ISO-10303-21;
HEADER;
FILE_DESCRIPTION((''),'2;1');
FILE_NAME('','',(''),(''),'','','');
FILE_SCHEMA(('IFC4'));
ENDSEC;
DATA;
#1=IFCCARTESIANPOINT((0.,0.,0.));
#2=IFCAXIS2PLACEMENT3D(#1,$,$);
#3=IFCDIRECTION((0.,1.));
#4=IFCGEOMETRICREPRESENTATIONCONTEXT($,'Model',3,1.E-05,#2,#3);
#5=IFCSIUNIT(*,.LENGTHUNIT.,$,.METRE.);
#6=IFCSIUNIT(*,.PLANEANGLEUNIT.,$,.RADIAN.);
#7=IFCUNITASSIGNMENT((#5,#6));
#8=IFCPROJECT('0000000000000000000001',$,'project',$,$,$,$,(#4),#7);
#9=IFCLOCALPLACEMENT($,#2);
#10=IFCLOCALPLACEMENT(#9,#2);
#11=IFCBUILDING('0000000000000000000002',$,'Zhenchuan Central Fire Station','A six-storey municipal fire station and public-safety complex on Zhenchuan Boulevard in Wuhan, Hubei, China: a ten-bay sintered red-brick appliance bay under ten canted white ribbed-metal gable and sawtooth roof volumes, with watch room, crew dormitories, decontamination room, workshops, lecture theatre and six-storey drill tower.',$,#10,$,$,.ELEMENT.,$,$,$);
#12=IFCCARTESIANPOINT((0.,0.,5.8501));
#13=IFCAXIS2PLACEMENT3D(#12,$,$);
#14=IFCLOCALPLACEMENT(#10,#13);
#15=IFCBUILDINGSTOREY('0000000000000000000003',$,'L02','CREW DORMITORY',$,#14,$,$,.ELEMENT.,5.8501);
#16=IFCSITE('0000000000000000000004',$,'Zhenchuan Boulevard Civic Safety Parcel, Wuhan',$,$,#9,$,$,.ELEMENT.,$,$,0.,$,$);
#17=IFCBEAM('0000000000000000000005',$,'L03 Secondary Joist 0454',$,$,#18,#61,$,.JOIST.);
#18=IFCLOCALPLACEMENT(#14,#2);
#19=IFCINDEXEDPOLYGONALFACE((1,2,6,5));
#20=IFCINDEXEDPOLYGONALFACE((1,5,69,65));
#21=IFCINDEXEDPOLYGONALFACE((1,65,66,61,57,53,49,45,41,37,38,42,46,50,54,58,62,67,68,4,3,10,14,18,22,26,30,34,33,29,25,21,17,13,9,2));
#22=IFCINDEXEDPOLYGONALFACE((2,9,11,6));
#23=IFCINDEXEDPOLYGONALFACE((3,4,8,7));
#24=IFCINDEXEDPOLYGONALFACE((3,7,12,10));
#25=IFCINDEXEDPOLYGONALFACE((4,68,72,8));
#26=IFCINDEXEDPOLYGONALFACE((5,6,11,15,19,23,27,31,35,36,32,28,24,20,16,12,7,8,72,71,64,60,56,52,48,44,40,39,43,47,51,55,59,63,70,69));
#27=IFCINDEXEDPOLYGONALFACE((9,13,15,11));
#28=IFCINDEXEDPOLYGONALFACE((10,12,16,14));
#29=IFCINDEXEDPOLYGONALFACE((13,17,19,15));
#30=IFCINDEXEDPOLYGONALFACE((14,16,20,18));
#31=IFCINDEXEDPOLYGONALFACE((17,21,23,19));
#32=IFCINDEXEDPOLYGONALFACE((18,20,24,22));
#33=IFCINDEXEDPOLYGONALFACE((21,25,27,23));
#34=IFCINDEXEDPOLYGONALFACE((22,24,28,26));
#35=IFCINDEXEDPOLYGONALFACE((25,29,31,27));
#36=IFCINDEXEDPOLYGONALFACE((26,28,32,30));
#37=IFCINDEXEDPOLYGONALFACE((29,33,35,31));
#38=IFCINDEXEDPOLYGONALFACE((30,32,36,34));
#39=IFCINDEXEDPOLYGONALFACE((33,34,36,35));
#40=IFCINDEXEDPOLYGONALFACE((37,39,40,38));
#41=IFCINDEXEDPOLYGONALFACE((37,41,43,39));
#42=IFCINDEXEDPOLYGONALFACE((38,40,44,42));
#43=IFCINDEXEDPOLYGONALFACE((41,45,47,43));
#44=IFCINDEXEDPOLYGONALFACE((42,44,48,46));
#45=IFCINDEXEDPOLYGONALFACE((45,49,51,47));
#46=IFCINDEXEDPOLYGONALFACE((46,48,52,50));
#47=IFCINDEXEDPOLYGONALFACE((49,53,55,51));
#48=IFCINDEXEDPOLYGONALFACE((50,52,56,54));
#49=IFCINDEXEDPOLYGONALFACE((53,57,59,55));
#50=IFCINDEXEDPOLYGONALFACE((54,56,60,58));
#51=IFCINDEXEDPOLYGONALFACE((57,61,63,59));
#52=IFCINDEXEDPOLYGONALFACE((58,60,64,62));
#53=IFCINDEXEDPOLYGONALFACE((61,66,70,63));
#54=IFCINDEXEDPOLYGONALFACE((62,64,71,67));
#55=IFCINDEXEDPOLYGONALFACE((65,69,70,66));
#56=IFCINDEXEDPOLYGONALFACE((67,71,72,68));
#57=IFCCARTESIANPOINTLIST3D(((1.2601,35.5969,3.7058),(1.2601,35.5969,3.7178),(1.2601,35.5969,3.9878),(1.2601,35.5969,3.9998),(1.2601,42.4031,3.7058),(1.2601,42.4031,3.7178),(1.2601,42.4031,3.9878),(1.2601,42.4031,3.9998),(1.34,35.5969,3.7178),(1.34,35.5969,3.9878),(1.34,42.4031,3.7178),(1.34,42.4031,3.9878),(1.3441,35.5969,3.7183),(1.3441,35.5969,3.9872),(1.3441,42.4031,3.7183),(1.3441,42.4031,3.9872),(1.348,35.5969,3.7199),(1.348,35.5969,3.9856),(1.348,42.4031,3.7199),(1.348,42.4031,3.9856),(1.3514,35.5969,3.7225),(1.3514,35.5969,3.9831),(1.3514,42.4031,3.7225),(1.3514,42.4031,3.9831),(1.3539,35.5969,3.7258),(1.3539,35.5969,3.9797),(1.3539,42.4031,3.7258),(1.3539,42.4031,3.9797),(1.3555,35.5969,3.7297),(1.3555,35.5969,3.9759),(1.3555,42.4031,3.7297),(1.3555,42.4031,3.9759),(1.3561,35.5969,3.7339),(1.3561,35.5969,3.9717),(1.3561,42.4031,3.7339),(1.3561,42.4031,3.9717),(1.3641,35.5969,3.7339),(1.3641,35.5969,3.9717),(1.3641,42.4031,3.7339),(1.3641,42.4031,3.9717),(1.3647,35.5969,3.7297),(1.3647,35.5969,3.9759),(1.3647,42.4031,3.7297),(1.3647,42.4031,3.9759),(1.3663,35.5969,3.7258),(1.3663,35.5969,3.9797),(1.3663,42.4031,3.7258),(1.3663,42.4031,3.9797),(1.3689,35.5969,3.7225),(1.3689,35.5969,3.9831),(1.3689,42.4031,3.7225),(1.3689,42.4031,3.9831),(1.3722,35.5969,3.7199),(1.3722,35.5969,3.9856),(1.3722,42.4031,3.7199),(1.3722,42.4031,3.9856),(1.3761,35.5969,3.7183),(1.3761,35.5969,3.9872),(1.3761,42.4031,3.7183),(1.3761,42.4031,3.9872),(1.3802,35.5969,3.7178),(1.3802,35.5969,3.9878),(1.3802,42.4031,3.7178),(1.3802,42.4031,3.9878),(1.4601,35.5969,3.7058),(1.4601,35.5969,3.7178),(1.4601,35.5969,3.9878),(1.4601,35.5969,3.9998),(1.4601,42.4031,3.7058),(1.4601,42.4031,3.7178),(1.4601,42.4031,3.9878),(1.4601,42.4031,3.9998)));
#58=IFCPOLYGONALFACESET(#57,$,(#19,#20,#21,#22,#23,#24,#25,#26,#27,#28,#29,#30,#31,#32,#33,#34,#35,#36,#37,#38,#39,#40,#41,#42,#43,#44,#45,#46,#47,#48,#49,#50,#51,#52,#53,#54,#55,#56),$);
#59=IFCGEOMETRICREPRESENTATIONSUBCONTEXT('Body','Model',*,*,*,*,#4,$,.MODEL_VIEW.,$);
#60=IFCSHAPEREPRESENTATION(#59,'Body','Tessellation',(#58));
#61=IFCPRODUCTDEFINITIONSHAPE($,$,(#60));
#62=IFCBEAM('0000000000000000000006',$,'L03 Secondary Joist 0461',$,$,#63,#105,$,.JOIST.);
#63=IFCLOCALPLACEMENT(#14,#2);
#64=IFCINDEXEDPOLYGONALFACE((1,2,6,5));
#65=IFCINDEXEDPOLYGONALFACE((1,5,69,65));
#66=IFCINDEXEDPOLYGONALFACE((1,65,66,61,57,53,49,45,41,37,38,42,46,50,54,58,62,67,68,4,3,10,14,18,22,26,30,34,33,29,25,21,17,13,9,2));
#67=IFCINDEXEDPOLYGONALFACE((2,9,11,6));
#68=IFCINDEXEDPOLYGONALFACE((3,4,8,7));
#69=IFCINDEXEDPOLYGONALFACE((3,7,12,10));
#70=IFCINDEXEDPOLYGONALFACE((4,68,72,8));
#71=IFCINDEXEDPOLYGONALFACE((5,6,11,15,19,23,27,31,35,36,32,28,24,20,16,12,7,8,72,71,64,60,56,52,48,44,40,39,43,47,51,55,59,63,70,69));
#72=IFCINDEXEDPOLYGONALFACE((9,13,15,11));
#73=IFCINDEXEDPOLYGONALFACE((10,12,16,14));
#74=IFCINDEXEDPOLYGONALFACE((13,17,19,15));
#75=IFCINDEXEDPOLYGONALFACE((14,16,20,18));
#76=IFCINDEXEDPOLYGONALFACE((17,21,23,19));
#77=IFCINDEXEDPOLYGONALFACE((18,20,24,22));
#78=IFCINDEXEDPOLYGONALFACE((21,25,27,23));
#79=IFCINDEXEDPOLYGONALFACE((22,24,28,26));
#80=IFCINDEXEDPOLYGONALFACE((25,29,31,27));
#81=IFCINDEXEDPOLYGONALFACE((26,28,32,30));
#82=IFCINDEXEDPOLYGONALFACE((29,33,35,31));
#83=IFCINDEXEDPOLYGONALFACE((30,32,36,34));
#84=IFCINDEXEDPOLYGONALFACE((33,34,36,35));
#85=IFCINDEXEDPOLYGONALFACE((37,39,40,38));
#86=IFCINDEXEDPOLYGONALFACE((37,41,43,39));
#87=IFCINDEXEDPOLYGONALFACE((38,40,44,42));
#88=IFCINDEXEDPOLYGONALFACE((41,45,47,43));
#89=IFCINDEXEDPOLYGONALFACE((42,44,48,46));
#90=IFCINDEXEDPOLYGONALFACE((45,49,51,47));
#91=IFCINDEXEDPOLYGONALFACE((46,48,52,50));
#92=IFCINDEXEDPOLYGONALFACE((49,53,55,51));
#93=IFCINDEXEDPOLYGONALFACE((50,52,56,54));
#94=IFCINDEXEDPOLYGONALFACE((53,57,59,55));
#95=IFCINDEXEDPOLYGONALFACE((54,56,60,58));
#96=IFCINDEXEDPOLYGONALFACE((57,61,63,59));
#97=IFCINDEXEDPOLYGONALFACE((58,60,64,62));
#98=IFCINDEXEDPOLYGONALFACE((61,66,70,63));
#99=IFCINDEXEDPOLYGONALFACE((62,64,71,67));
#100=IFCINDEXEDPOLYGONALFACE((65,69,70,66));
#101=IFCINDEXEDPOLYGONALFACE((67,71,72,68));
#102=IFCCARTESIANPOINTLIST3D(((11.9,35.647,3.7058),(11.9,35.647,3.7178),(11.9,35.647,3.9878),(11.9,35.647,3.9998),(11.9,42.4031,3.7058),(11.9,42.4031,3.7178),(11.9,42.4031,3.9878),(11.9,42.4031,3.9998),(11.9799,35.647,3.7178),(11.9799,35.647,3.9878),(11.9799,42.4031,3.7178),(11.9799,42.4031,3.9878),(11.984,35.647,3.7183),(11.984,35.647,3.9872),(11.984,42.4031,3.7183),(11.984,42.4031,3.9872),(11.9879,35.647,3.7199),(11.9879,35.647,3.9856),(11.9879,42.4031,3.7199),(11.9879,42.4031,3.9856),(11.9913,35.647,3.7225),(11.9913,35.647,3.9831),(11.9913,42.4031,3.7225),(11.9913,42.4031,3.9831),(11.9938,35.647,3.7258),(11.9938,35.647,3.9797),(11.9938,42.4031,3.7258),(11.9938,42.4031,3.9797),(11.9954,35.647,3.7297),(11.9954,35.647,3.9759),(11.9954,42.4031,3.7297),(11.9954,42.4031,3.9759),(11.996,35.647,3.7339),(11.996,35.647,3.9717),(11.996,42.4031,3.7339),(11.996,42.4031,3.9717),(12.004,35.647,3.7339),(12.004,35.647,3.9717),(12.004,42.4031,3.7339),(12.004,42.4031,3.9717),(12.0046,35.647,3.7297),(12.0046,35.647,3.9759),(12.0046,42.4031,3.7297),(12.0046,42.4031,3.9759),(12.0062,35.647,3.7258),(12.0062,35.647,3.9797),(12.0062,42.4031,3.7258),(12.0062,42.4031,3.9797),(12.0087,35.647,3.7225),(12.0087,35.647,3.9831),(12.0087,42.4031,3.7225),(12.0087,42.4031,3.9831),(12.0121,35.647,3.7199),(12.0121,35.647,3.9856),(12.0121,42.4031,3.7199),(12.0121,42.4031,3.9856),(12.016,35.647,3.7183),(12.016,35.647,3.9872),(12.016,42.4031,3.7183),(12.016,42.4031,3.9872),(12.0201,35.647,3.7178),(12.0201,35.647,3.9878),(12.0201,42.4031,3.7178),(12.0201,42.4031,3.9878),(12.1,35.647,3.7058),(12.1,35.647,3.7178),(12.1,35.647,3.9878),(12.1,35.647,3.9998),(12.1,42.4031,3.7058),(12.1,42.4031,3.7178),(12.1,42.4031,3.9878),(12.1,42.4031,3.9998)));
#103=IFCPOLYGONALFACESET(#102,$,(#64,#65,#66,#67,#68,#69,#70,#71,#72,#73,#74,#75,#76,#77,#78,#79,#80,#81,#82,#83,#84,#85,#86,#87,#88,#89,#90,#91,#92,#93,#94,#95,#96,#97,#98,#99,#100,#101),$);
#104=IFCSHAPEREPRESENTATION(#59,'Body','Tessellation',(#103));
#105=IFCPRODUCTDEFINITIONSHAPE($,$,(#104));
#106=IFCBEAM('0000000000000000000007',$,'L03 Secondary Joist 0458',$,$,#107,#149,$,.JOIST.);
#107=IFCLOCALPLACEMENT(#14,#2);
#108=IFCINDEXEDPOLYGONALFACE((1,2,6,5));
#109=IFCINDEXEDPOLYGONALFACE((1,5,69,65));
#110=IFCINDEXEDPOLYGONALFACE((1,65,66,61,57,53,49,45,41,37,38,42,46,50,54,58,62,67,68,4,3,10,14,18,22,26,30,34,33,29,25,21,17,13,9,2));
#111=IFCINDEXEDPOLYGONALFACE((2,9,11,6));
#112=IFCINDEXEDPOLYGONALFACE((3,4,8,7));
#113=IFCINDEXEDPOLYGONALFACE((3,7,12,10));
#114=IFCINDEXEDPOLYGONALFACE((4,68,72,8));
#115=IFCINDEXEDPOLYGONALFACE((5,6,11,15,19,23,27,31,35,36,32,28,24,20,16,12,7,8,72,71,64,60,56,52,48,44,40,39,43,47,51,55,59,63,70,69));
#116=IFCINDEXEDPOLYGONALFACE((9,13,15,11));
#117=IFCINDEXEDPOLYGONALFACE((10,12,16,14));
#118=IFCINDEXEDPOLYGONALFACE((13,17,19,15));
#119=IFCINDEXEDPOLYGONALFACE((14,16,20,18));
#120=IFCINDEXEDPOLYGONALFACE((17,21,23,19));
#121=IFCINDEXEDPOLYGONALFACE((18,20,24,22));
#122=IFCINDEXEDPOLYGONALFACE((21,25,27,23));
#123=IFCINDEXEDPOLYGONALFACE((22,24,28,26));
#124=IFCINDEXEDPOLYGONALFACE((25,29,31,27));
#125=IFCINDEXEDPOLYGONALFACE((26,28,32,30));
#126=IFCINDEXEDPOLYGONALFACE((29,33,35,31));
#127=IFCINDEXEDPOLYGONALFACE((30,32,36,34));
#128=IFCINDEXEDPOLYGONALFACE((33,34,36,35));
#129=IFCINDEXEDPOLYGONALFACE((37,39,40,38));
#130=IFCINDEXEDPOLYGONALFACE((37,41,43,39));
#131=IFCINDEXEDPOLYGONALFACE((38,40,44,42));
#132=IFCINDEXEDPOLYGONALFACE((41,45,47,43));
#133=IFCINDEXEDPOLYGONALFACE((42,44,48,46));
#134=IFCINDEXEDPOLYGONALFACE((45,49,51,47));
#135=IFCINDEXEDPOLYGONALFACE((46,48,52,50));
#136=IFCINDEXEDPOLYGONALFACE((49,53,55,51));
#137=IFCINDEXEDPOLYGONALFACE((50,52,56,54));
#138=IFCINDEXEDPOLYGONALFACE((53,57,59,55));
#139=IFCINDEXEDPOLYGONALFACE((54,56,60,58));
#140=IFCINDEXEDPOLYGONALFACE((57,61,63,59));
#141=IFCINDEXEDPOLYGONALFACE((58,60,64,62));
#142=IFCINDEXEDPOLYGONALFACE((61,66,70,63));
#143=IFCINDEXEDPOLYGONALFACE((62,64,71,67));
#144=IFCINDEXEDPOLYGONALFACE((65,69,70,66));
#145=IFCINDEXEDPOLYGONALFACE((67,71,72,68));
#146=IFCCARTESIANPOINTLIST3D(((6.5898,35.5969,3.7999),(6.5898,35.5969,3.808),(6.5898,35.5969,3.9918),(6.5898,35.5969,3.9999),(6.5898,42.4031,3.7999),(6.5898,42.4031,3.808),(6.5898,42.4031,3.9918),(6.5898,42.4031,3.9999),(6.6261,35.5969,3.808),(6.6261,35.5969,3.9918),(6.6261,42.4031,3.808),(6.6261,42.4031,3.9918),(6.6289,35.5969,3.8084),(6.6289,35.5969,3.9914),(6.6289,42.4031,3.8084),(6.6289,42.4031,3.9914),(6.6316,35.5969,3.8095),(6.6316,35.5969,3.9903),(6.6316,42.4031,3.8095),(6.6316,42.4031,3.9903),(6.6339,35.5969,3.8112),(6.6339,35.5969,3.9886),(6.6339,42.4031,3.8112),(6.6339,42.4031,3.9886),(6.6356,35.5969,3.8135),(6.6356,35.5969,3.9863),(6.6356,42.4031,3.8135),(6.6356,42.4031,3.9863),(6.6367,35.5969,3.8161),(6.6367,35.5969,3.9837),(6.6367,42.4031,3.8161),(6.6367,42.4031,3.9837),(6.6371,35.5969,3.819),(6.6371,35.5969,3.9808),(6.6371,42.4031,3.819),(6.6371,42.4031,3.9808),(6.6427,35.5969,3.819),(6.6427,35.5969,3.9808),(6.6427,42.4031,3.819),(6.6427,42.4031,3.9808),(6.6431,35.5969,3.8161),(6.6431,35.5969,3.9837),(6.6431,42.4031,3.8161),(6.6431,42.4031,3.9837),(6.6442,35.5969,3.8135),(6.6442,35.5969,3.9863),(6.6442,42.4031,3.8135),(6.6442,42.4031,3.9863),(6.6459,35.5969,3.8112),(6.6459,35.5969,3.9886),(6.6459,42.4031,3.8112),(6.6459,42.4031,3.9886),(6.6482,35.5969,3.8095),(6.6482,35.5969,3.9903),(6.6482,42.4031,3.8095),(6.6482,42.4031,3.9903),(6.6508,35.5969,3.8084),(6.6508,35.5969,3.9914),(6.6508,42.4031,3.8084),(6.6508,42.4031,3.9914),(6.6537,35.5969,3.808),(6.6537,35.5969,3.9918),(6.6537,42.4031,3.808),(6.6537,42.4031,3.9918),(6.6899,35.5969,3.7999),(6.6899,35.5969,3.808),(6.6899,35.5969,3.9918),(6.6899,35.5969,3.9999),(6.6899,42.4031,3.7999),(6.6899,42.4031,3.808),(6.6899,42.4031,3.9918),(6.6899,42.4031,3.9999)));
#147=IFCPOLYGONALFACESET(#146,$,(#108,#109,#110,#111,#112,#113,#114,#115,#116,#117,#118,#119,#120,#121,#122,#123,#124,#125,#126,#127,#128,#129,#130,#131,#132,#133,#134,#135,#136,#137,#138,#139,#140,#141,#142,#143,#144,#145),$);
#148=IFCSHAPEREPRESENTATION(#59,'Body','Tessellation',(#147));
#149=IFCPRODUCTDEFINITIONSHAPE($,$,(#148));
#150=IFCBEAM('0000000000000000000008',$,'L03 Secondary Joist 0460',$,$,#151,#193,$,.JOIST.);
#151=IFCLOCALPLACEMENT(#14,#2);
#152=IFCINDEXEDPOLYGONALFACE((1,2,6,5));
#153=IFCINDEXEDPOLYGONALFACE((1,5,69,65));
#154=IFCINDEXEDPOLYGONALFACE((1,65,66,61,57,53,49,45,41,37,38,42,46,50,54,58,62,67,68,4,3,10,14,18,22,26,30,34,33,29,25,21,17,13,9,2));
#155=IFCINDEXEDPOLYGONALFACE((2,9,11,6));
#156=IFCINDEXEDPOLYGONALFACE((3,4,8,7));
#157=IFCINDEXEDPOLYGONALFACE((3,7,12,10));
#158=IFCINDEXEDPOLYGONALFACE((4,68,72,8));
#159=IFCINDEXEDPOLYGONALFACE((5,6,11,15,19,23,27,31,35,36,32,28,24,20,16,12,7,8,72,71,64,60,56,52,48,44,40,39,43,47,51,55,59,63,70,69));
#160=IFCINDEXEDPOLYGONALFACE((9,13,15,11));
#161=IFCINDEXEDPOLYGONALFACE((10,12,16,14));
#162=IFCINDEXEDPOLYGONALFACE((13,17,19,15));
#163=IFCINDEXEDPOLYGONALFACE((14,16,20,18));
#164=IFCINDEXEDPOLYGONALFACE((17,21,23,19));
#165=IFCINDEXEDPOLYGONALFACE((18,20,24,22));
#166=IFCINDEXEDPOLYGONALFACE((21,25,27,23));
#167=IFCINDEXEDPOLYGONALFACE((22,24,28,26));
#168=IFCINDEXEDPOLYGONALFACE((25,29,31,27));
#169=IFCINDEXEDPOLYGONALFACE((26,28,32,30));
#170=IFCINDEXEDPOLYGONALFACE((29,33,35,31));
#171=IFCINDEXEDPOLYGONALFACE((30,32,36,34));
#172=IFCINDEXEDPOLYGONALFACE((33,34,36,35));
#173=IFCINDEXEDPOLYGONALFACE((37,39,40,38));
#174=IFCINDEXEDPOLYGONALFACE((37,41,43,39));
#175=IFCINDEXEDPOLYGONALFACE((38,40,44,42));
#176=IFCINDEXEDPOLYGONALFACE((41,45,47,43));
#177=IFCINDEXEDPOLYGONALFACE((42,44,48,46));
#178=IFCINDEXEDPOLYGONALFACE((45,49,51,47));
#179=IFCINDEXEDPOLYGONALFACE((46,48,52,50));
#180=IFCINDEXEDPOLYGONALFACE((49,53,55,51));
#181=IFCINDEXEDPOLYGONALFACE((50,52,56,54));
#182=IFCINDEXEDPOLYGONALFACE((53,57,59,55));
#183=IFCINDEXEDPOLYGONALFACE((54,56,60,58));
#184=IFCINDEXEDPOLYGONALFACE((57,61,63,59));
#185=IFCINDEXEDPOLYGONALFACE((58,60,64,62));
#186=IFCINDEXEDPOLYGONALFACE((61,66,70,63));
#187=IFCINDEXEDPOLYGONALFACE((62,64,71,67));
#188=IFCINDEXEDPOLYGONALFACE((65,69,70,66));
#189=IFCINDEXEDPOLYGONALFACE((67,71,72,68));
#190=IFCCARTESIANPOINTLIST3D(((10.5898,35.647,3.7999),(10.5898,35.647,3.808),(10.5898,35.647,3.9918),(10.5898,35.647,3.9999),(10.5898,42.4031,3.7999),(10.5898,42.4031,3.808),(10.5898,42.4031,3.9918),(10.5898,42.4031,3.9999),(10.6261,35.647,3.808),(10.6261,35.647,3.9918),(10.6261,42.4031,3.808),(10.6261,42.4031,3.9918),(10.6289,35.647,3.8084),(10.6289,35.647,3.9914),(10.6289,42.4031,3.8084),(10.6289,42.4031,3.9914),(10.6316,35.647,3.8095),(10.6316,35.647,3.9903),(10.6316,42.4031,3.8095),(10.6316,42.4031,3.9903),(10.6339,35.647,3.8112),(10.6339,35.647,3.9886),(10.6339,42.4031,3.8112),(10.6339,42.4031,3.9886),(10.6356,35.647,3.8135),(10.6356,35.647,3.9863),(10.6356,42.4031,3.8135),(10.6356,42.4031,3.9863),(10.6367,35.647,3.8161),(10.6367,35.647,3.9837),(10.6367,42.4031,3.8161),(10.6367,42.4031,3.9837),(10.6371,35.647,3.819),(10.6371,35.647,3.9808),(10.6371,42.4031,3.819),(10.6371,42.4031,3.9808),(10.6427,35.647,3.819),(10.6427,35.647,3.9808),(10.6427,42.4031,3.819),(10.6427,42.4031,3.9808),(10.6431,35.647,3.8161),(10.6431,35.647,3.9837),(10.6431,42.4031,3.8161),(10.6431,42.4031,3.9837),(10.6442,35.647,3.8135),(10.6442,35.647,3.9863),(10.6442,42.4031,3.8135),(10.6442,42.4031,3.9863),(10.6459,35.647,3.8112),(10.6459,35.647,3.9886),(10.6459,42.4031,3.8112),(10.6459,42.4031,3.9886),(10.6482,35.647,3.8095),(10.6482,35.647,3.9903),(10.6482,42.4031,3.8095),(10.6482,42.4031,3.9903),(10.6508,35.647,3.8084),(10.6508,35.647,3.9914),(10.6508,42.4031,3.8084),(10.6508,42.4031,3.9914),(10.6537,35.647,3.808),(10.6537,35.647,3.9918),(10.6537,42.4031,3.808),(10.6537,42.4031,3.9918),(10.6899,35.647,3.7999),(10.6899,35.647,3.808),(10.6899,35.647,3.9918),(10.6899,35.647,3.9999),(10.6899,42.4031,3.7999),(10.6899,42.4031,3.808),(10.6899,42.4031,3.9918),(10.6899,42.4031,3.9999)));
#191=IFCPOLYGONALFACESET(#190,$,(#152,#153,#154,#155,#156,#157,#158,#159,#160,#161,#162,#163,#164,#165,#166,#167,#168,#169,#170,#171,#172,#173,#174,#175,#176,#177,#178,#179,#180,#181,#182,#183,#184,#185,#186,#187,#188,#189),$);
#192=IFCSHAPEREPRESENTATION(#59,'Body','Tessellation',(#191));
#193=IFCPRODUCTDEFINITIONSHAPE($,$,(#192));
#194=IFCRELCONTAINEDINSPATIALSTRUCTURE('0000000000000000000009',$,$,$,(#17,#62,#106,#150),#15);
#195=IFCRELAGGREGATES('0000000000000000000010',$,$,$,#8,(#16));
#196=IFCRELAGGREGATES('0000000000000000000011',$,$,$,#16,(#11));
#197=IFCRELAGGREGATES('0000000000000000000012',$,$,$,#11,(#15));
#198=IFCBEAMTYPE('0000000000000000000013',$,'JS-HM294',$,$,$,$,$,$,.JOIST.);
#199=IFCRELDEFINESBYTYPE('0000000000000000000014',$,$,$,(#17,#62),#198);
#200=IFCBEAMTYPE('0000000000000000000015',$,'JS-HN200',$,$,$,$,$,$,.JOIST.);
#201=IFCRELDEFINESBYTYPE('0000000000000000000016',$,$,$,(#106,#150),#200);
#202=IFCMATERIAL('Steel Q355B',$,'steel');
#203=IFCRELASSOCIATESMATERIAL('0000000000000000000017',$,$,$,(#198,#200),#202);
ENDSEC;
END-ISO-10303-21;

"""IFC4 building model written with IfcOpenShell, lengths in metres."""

from ifc_helpers import new_model, si_unit, direction, frame, origin, origin_2d, place, context, subcontext, project, spatial, i_section, extrude, material, material_profile, profile_set, type_object, element, save


model = new_model("IFC4")

# Units and contexts
model_context = context("Model", 3, precision=1e-05, world=origin(), true_north=direction((0.0, 1.0)))
body_context = subcontext(model_context, "Body", "Model", "MODEL_VIEW")
ifc_project = project(units=[si_unit("LENGTHUNIT", "METRE"), si_unit("PLANEANGLEUNIT", "RADIAN")], contexts=[model_context])

# Site, building, storey
site_placement = place(None, origin())
site = spatial("IfcSite", under=ifc_project, at=site_placement, Name="Zhenchuan Boulevard Civic Safety Parcel, Wuhan", CompositionType="ELEMENT", RefElevation=0.0)
building_placement = place(site_placement, origin())
building = spatial("IfcBuilding", under=site, at=building_placement, Name="Zhenchuan Central Fire Station", Description="A six-storey municipal fire station and public-safety complex on Zhenchuan Boulevard in Wuhan, Hubei, China: a ten-bay sintered red-brick appliance bay under ten canted white ribbed-metal gable and sawtooth roof volumes, with watch room, crew dormitories, decontamination room, workshops, lecture theatre and six-storey drill tower.", CompositionType="ELEMENT")
storey_placement = place(building_placement, frame((0.0, 0.0, 5.8501)))
storey = spatial("IfcBuildingStorey", under=building, at=storey_placement, Name="L02", Description="CREW DORMITORY", CompositionType="ELEMENT", Elevation=5.8501)

# Shared definitions
ifc_material_1 = material(Name="Steel Q355B", Category="steel")

# Beams
ifc_material_profile_1 = material_profile(ifc_material_1, i_section(OverallWidth=0.2, OverallDepth=0.2939, WebThickness=0.0081, FlangeThickness=0.012, FilletRadius=0.0161, at=origin_2d()), Name="HM 294x200")
ifc_profile_set_1 = profile_set([ifc_material_profile_1], Name="Steel Q355B")
beam_type_1 = type_object("IfcBeamType", Name="JS-HM294", PredefinedType="JOIST", material=ifc_profile_set_1)
beam_1_placement = place(storey_placement, frame((1.3601, 35.5969, 3.8528), z_axis=(0.0, 1.0, 0.0), x_axis=(-1.0, 0.0, 0.0)))
element("IfcBeam", 1, at=beam_1_placement, inside=storey, type_object=beam_type_1, Name="L03 Secondary Joist 0454", PredefinedType="JOIST", context=body_context, shape_type="SweptSolid", body=[
    extrude(i_section(OverallWidth=0.2, OverallDepth=0.2939, WebThickness=0.0081, FlangeThickness=0.012, FilletRadius=0.0161, at=origin_2d()), origin(), (0.0, 0.0, 1.0), 6.8062),
])
beam_2_placement = place(storey_placement, frame((12.0, 35.647, 3.8528), z_axis=(0.0, 1.0, 0.0), x_axis=(-1.0, 0.0, 0.0)))
element("IfcBeam", 2, at=beam_2_placement, inside=storey, type_object=beam_type_1, Name="L03 Secondary Joist 0461", PredefinedType="JOIST", context=body_context, shape_type="SweptSolid", body=[
    extrude(i_section(OverallWidth=0.2, OverallDepth=0.2939, WebThickness=0.0081, FlangeThickness=0.012, FilletRadius=0.0161, at=origin_2d()), origin(), (0.0, 0.0, 1.0), 6.7561),
])
ifc_material_profile_2 = material_profile(ifc_material_1, i_section(OverallWidth=0.1001, OverallDepth=0.2, WebThickness=0.0056, FlangeThickness=0.0081, FilletRadius=0.011, at=origin_2d()), Name="HN 200x100")
ifc_profile_set_2 = profile_set([ifc_material_profile_2], Name="Steel Q355B")
beam_type_2 = type_object("IfcBeamType", Name="JS-HN200", PredefinedType="JOIST", material=ifc_profile_set_2)
beam_3_placement = place(storey_placement, frame((6.6399, 35.5969, 3.8999), z_axis=(0.0, 1.0, 0.0), x_axis=(-1.0, 0.0, 0.0)))
element("IfcBeam", 3, at=beam_3_placement, inside=storey, type_object=beam_type_2, Name="L03 Secondary Joist 0458", PredefinedType="JOIST", context=body_context, shape_type="SweptSolid", body=[
    extrude(i_section(OverallWidth=0.1001, OverallDepth=0.2, WebThickness=0.0056, FlangeThickness=0.0081, FilletRadius=0.011, at=origin_2d()), origin(), (0.0, 0.0, 1.0), 6.8062),
])
beam_4_placement = place(storey_placement, frame((10.6399, 35.647, 3.8999), z_axis=(0.0, 1.0, 0.0), x_axis=(-1.0, 0.0, 0.0)))
element("IfcBeam", 4, at=beam_4_placement, inside=storey, type_object=beam_type_2, Name="L03 Secondary Joist 0460", PredefinedType="JOIST", context=body_context, shape_type="SweptSolid", body=[
    extrude(i_section(OverallWidth=0.1001, OverallDepth=0.2, WebThickness=0.0056, FlangeThickness=0.0081, FilletRadius=0.011, at=origin_2d()), origin(), (0.0, 0.0, 1.0), 6.7561),
])

save(model, "model.ifc")
